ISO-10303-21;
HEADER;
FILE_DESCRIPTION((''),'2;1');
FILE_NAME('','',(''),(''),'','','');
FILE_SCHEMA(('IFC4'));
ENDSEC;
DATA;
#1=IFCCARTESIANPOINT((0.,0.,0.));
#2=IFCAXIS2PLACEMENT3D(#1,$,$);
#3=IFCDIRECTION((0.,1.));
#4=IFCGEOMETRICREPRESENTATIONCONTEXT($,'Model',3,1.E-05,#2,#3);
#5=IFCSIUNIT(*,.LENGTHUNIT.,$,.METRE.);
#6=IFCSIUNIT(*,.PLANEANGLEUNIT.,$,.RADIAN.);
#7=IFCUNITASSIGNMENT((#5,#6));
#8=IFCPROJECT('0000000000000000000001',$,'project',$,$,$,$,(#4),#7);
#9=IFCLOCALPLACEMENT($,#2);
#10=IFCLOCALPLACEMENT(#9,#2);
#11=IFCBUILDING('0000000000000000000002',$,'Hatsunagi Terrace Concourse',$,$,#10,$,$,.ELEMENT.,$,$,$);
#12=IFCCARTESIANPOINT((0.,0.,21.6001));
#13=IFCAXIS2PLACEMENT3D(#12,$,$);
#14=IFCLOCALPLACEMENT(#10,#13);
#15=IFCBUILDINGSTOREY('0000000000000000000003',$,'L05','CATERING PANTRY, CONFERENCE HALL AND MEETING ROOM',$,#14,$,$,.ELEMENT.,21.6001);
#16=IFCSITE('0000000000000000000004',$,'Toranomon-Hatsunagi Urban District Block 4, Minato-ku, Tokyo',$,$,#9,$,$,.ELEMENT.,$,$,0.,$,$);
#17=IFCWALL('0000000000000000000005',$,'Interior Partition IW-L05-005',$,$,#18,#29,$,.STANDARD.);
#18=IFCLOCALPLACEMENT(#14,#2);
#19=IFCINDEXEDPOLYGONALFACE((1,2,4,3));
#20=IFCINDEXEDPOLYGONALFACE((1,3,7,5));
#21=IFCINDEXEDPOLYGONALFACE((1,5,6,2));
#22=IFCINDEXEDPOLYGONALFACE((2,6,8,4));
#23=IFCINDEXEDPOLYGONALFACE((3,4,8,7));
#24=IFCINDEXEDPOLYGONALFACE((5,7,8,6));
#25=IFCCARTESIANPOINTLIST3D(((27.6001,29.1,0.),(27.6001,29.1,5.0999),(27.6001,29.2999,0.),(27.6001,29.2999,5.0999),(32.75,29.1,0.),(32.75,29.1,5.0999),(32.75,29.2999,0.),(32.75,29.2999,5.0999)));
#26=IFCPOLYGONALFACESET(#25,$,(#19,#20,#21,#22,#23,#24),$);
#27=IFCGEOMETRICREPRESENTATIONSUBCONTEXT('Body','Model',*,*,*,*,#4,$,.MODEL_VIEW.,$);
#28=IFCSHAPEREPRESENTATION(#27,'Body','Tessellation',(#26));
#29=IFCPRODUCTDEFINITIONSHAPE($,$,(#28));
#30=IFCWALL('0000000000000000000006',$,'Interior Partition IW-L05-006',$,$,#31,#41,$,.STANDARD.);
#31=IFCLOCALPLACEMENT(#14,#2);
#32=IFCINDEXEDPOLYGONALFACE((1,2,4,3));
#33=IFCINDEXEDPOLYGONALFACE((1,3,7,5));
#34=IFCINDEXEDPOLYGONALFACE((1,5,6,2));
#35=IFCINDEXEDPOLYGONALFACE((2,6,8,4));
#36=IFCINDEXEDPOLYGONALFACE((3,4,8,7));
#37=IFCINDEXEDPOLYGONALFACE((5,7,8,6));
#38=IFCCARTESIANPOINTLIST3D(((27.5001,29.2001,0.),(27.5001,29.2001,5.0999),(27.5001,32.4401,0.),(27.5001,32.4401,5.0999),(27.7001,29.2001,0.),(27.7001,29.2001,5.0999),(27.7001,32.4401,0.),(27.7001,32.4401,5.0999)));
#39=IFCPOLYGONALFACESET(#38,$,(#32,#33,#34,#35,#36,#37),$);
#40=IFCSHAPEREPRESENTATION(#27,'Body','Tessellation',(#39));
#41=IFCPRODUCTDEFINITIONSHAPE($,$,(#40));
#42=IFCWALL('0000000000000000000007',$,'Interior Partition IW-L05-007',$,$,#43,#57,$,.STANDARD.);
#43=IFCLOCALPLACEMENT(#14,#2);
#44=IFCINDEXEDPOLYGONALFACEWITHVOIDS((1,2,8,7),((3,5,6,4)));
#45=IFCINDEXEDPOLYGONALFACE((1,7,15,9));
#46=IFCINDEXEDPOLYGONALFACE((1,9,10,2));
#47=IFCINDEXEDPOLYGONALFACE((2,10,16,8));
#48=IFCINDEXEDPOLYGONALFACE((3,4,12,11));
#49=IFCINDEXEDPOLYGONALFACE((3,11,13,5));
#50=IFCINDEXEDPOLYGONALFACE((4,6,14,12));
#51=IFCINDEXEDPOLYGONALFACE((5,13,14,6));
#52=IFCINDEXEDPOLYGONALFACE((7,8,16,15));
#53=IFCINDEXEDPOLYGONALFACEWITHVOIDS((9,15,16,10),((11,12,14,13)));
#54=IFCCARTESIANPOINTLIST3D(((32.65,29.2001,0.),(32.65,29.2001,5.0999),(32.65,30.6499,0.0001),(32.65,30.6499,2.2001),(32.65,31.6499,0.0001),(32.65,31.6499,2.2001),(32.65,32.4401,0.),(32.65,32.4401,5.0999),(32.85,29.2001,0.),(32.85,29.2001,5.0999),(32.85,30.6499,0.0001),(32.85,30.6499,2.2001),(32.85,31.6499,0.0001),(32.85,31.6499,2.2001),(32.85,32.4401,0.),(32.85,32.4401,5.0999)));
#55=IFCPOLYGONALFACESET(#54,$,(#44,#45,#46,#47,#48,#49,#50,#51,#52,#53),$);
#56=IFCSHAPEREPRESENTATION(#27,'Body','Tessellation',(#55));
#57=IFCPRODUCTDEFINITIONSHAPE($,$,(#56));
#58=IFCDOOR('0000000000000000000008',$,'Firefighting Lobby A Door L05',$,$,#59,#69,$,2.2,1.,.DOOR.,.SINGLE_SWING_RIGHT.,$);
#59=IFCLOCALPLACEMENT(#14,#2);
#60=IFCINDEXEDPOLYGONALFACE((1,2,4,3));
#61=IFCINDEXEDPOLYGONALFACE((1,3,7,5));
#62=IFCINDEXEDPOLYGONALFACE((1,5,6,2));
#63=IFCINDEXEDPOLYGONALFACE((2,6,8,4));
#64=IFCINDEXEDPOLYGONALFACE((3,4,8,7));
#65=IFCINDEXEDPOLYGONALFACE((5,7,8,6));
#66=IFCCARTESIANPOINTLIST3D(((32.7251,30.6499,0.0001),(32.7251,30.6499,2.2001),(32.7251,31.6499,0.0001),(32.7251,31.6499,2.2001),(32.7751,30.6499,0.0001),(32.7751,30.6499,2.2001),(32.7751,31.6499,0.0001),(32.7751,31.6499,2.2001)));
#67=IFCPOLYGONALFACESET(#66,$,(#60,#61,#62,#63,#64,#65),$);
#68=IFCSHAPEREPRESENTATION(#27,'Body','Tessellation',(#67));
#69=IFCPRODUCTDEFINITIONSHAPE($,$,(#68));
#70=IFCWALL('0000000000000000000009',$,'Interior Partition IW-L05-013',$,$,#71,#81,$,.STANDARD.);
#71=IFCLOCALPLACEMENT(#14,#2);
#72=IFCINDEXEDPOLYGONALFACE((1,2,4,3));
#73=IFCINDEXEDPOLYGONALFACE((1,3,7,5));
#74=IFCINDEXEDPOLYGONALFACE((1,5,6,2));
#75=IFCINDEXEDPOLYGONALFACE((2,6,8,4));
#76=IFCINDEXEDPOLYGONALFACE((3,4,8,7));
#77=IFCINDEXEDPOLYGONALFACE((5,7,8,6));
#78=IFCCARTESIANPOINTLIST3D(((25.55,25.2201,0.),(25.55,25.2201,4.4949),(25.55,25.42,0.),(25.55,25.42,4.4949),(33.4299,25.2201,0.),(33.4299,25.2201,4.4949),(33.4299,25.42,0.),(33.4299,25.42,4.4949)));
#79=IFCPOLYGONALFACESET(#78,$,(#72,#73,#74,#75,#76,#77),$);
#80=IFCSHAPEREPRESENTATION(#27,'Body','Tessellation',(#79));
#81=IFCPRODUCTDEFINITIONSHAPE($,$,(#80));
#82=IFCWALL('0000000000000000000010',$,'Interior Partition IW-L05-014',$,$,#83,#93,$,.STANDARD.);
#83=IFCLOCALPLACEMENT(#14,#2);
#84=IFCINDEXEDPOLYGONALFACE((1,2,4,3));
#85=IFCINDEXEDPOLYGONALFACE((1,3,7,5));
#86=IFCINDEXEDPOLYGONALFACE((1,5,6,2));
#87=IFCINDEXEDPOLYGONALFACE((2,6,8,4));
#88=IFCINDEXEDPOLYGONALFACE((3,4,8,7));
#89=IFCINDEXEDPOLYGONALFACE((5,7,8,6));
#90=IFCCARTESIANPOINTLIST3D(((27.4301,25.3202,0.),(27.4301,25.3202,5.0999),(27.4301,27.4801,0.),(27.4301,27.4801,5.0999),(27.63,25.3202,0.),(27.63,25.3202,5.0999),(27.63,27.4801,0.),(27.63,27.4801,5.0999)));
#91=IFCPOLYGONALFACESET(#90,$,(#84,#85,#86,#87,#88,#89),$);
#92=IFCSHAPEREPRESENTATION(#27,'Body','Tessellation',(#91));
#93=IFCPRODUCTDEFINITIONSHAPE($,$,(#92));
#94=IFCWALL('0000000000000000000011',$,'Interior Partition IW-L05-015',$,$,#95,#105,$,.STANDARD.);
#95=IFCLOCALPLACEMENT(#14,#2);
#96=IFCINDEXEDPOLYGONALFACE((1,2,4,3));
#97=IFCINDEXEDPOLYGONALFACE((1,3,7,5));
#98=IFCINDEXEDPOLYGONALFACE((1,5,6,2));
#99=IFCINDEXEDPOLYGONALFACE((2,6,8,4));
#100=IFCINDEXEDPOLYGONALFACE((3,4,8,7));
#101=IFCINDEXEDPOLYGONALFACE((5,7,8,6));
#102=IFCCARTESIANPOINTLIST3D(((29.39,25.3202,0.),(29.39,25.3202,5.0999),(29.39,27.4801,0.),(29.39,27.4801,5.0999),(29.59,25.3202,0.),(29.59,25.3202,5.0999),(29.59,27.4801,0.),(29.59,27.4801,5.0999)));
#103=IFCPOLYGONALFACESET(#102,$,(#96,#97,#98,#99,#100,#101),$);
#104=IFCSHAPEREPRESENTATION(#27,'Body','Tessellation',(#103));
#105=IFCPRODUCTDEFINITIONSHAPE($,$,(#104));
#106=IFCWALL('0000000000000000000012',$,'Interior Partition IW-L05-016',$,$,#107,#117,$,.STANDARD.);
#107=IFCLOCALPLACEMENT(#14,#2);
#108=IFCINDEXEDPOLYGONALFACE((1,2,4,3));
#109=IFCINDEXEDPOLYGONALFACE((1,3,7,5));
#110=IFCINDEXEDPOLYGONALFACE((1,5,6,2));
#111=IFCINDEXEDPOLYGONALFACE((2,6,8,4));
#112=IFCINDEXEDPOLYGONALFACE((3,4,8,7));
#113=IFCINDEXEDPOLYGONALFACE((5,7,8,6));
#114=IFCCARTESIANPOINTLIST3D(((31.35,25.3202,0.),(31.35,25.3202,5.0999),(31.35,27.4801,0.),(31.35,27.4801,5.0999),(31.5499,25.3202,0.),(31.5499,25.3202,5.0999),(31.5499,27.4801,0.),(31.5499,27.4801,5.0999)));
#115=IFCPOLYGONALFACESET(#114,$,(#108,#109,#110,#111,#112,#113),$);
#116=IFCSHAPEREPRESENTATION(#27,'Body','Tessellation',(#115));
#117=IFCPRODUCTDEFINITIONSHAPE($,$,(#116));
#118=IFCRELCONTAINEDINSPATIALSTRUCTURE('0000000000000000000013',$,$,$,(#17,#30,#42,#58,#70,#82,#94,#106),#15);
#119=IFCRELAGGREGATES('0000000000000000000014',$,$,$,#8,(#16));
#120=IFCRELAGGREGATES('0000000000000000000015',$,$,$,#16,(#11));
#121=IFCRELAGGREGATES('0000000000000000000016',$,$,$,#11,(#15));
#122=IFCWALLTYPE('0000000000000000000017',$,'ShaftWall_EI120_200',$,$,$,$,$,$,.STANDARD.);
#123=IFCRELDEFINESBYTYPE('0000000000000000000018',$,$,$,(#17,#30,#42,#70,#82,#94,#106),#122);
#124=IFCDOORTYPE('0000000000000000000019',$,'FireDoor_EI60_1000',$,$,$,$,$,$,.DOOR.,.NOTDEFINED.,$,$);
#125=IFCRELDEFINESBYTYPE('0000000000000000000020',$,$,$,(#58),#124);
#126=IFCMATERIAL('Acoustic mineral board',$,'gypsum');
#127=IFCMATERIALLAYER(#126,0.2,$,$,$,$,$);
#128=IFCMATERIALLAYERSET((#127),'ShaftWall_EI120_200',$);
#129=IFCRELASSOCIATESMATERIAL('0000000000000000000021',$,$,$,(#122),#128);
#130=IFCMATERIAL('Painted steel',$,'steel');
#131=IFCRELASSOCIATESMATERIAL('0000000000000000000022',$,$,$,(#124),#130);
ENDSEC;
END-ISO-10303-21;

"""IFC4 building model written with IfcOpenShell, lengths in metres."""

from ifc_helpers import new_model, si_unit, direction, frame, frame_2d, origin, place, context, subcontext, project, spatial, rectangle, extrude, material, layer, layer_set, type_object, element, fill, save


model = new_model("IFC4")

# Units and contexts
model_context = context("Model", 3, precision=1e-05, world=origin(), true_north=direction((0.0, 1.0)))
body_context = subcontext(model_context, "Body", "Model", "MODEL_VIEW")
ifc_project = project(units=[si_unit("LENGTHUNIT", "METRE"), si_unit("PLANEANGLEUNIT", "RADIAN")], contexts=[model_context])

# Site, building, storey
site_placement = place(None, origin())
site = spatial("IfcSite", under=ifc_project, at=site_placement, Name="Toranomon-Hatsunagi Urban District Block 4, Minato-ku, Tokyo", CompositionType="ELEMENT", RefElevation=0.0)
building_placement = place(site_placement, origin())
building = spatial("IfcBuilding", under=site, at=building_placement, Name="Hatsunagi Terrace Concourse", CompositionType="ELEMENT")
storey_placement = place(building_placement, frame((0.0, 0.0, 21.6001)))
storey = spatial("IfcBuildingStorey", under=building, at=storey_placement, Name="L05", Description="CATERING PANTRY, CONFERENCE HALL AND MEETING ROOM", CompositionType="ELEMENT", Elevation=21.6001)

# Walls
ifc_material_1 = material(Name="Acoustic mineral board", Category="gypsum")
ifc_layer_1 = layer(ifc_material_1, 0.2)
ifc_layer_set_1 = layer_set([ifc_layer_1], Name="ShaftWall_EI120_200")
wall_type_1 = type_object("IfcWallType", Name="ShaftWall_EI120_200", PredefinedType="STANDARD", material=ifc_layer_set_1)
wall_1_placement = place(storey_placement, frame((27.6001, 29.2, 0.0), z_axis=(0.0, 0.0, 1.0), x_axis=(1.0, 0.0, 0.0)))
element("IfcWall", 1, at=wall_1_placement, inside=storey, type_object=wall_type_1, Name="Interior Partition IW-L05-005", PredefinedType="STANDARD", context=body_context, shape_type="SweptSolid", body=[
    extrude(rectangle(XDim=5.1499, YDim=0.2, at=frame_2d((2.575, 0.0))), origin(), (0.0, 0.0, 1.0), 5.0999),
])
wall_2_placement = place(storey_placement, frame((27.6001, 29.2, 0.0), z_axis=(0.0, 0.0, 1.0), x_axis=(0.0, 1.0, 0.0)))
element("IfcWall", 2, at=wall_2_placement, inside=storey, type_object=wall_type_1, Name="Interior Partition IW-L05-006", PredefinedType="STANDARD", context=body_context, shape_type="SweptSolid", body=[
    extrude(rectangle(XDim=3.24, YDim=0.2, at=frame_2d((1.6201, 0.0))), origin(), (0.0, 0.0, 1.0), 5.0999),
])

# Wall, opening, door
wall_3_placement = place(storey_placement, frame((32.75, 29.2, 0.0), z_axis=(0.0, 0.0, 1.0), x_axis=(0.0, 1.0, 0.0)))
wall_3 = element("IfcWall", 3, at=wall_3_placement, inside=storey, type_object=wall_type_1, Name="Interior Partition IW-L05-007", PredefinedType="STANDARD", context=body_context, shape_type="SweptSolid", body=[
    extrude(rectangle(XDim=3.24, YDim=0.2, at=frame_2d((1.6201, 0.0))), origin(), (0.0, 0.0, 1.0), 5.0999),
])
opening_1_placement = place(wall_3_placement, frame((1.45, 0.0, 0.0)))
opening_1 = element("IfcOpeningElement", 4, at=opening_1_placement, cuts=wall_3, PredefinedType="OPENING", context=body_context, shape_type="SweptSolid", body=[
    extrude(rectangle(XDim=1.0, YDim=2.2, at=frame_2d((0.5, 1.1001))), frame((0.0, 0.1099, 0.0), z_axis=(0.0, -1.0, 0.0), x_axis=(1.0, 0.0, 0.0)), (0.0, 0.0, 1.0), 0.22),
])
ifc_material_2 = material(Name="Painted steel", Category="steel")
door_type_1 = type_object("IfcDoorType", Name="FireDoor_EI60_1000", OperationType="NOTDEFINED", PredefinedType="DOOR", material=ifc_material_2)
door_1_placement = place(opening_1_placement, origin())
door_1 = element("IfcDoor", 5, at=door_1_placement, inside=storey, type_object=door_type_1, Name="Firefighting Lobby A Door L05", OperationType="SINGLE_SWING_RIGHT", OverallHeight=2.2, OverallWidth=1.0, PredefinedType="DOOR", context=body_context, shape_type="SweptSolid", body=[
    extrude(rectangle(XDim=1.0, YDim=2.2, at=frame_2d((0.5, 1.1001))), frame((0.0, 0.0249, 0.0), z_axis=(0.0, -1.0, 0.0), x_axis=(1.0, 0.0, 0.0)), (0.0, 0.0, 1.0), 0.05),
])
fill(opening_1, door_1)

# Walls
wall_4_placement = place(storey_placement, frame((25.55, 25.3201, 0.0), z_axis=(0.0, 0.0, 1.0), x_axis=(1.0, 0.0, 0.0)))
element("IfcWall", 6, at=wall_4_placement, inside=storey, type_object=wall_type_1, Name="Interior Partition IW-L05-013", PredefinedType="STANDARD", context=body_context, shape_type="SweptSolid", body=[
    extrude(rectangle(XDim=7.8799, YDim=0.2, at=frame_2d((3.9399, 0.0))), origin(), (0.0, 0.0, 1.0), 4.4949),
])
for number, where, z_axis, x_axis, name in (
    (7, (27.53, 25.3201, 0.0), (0.0, 0.0, 1.0), (0.0, 1.0, 0.0), "Interior Partition IW-L05-014"),
    (8, (29.49, 25.3201, 0.0), (0.0, 0.0, 1.0), (0.0, 1.0, 0.0), "Interior Partition IW-L05-015"),
    (9, (31.45, 25.3201, 0.0), (0.0, 0.0, 1.0), (0.0, 1.0, 0.0), "Interior Partition IW-L05-016"),
):
    element("IfcWall", number, at=place(storey_placement, frame(where, z_axis=z_axis, x_axis=x_axis)), inside=storey, type_object=wall_type_1, Name=name, PredefinedType="STANDARD", context=body_context, shape_type="SweptSolid", body=[
        extrude(rectangle(XDim=2.1599, YDim=0.2, at=frame_2d((1.0801, 0.0))), origin(), (0.0, 0.0, 1.0), 5.0999),
    ])

save(model, "model.ifc")
